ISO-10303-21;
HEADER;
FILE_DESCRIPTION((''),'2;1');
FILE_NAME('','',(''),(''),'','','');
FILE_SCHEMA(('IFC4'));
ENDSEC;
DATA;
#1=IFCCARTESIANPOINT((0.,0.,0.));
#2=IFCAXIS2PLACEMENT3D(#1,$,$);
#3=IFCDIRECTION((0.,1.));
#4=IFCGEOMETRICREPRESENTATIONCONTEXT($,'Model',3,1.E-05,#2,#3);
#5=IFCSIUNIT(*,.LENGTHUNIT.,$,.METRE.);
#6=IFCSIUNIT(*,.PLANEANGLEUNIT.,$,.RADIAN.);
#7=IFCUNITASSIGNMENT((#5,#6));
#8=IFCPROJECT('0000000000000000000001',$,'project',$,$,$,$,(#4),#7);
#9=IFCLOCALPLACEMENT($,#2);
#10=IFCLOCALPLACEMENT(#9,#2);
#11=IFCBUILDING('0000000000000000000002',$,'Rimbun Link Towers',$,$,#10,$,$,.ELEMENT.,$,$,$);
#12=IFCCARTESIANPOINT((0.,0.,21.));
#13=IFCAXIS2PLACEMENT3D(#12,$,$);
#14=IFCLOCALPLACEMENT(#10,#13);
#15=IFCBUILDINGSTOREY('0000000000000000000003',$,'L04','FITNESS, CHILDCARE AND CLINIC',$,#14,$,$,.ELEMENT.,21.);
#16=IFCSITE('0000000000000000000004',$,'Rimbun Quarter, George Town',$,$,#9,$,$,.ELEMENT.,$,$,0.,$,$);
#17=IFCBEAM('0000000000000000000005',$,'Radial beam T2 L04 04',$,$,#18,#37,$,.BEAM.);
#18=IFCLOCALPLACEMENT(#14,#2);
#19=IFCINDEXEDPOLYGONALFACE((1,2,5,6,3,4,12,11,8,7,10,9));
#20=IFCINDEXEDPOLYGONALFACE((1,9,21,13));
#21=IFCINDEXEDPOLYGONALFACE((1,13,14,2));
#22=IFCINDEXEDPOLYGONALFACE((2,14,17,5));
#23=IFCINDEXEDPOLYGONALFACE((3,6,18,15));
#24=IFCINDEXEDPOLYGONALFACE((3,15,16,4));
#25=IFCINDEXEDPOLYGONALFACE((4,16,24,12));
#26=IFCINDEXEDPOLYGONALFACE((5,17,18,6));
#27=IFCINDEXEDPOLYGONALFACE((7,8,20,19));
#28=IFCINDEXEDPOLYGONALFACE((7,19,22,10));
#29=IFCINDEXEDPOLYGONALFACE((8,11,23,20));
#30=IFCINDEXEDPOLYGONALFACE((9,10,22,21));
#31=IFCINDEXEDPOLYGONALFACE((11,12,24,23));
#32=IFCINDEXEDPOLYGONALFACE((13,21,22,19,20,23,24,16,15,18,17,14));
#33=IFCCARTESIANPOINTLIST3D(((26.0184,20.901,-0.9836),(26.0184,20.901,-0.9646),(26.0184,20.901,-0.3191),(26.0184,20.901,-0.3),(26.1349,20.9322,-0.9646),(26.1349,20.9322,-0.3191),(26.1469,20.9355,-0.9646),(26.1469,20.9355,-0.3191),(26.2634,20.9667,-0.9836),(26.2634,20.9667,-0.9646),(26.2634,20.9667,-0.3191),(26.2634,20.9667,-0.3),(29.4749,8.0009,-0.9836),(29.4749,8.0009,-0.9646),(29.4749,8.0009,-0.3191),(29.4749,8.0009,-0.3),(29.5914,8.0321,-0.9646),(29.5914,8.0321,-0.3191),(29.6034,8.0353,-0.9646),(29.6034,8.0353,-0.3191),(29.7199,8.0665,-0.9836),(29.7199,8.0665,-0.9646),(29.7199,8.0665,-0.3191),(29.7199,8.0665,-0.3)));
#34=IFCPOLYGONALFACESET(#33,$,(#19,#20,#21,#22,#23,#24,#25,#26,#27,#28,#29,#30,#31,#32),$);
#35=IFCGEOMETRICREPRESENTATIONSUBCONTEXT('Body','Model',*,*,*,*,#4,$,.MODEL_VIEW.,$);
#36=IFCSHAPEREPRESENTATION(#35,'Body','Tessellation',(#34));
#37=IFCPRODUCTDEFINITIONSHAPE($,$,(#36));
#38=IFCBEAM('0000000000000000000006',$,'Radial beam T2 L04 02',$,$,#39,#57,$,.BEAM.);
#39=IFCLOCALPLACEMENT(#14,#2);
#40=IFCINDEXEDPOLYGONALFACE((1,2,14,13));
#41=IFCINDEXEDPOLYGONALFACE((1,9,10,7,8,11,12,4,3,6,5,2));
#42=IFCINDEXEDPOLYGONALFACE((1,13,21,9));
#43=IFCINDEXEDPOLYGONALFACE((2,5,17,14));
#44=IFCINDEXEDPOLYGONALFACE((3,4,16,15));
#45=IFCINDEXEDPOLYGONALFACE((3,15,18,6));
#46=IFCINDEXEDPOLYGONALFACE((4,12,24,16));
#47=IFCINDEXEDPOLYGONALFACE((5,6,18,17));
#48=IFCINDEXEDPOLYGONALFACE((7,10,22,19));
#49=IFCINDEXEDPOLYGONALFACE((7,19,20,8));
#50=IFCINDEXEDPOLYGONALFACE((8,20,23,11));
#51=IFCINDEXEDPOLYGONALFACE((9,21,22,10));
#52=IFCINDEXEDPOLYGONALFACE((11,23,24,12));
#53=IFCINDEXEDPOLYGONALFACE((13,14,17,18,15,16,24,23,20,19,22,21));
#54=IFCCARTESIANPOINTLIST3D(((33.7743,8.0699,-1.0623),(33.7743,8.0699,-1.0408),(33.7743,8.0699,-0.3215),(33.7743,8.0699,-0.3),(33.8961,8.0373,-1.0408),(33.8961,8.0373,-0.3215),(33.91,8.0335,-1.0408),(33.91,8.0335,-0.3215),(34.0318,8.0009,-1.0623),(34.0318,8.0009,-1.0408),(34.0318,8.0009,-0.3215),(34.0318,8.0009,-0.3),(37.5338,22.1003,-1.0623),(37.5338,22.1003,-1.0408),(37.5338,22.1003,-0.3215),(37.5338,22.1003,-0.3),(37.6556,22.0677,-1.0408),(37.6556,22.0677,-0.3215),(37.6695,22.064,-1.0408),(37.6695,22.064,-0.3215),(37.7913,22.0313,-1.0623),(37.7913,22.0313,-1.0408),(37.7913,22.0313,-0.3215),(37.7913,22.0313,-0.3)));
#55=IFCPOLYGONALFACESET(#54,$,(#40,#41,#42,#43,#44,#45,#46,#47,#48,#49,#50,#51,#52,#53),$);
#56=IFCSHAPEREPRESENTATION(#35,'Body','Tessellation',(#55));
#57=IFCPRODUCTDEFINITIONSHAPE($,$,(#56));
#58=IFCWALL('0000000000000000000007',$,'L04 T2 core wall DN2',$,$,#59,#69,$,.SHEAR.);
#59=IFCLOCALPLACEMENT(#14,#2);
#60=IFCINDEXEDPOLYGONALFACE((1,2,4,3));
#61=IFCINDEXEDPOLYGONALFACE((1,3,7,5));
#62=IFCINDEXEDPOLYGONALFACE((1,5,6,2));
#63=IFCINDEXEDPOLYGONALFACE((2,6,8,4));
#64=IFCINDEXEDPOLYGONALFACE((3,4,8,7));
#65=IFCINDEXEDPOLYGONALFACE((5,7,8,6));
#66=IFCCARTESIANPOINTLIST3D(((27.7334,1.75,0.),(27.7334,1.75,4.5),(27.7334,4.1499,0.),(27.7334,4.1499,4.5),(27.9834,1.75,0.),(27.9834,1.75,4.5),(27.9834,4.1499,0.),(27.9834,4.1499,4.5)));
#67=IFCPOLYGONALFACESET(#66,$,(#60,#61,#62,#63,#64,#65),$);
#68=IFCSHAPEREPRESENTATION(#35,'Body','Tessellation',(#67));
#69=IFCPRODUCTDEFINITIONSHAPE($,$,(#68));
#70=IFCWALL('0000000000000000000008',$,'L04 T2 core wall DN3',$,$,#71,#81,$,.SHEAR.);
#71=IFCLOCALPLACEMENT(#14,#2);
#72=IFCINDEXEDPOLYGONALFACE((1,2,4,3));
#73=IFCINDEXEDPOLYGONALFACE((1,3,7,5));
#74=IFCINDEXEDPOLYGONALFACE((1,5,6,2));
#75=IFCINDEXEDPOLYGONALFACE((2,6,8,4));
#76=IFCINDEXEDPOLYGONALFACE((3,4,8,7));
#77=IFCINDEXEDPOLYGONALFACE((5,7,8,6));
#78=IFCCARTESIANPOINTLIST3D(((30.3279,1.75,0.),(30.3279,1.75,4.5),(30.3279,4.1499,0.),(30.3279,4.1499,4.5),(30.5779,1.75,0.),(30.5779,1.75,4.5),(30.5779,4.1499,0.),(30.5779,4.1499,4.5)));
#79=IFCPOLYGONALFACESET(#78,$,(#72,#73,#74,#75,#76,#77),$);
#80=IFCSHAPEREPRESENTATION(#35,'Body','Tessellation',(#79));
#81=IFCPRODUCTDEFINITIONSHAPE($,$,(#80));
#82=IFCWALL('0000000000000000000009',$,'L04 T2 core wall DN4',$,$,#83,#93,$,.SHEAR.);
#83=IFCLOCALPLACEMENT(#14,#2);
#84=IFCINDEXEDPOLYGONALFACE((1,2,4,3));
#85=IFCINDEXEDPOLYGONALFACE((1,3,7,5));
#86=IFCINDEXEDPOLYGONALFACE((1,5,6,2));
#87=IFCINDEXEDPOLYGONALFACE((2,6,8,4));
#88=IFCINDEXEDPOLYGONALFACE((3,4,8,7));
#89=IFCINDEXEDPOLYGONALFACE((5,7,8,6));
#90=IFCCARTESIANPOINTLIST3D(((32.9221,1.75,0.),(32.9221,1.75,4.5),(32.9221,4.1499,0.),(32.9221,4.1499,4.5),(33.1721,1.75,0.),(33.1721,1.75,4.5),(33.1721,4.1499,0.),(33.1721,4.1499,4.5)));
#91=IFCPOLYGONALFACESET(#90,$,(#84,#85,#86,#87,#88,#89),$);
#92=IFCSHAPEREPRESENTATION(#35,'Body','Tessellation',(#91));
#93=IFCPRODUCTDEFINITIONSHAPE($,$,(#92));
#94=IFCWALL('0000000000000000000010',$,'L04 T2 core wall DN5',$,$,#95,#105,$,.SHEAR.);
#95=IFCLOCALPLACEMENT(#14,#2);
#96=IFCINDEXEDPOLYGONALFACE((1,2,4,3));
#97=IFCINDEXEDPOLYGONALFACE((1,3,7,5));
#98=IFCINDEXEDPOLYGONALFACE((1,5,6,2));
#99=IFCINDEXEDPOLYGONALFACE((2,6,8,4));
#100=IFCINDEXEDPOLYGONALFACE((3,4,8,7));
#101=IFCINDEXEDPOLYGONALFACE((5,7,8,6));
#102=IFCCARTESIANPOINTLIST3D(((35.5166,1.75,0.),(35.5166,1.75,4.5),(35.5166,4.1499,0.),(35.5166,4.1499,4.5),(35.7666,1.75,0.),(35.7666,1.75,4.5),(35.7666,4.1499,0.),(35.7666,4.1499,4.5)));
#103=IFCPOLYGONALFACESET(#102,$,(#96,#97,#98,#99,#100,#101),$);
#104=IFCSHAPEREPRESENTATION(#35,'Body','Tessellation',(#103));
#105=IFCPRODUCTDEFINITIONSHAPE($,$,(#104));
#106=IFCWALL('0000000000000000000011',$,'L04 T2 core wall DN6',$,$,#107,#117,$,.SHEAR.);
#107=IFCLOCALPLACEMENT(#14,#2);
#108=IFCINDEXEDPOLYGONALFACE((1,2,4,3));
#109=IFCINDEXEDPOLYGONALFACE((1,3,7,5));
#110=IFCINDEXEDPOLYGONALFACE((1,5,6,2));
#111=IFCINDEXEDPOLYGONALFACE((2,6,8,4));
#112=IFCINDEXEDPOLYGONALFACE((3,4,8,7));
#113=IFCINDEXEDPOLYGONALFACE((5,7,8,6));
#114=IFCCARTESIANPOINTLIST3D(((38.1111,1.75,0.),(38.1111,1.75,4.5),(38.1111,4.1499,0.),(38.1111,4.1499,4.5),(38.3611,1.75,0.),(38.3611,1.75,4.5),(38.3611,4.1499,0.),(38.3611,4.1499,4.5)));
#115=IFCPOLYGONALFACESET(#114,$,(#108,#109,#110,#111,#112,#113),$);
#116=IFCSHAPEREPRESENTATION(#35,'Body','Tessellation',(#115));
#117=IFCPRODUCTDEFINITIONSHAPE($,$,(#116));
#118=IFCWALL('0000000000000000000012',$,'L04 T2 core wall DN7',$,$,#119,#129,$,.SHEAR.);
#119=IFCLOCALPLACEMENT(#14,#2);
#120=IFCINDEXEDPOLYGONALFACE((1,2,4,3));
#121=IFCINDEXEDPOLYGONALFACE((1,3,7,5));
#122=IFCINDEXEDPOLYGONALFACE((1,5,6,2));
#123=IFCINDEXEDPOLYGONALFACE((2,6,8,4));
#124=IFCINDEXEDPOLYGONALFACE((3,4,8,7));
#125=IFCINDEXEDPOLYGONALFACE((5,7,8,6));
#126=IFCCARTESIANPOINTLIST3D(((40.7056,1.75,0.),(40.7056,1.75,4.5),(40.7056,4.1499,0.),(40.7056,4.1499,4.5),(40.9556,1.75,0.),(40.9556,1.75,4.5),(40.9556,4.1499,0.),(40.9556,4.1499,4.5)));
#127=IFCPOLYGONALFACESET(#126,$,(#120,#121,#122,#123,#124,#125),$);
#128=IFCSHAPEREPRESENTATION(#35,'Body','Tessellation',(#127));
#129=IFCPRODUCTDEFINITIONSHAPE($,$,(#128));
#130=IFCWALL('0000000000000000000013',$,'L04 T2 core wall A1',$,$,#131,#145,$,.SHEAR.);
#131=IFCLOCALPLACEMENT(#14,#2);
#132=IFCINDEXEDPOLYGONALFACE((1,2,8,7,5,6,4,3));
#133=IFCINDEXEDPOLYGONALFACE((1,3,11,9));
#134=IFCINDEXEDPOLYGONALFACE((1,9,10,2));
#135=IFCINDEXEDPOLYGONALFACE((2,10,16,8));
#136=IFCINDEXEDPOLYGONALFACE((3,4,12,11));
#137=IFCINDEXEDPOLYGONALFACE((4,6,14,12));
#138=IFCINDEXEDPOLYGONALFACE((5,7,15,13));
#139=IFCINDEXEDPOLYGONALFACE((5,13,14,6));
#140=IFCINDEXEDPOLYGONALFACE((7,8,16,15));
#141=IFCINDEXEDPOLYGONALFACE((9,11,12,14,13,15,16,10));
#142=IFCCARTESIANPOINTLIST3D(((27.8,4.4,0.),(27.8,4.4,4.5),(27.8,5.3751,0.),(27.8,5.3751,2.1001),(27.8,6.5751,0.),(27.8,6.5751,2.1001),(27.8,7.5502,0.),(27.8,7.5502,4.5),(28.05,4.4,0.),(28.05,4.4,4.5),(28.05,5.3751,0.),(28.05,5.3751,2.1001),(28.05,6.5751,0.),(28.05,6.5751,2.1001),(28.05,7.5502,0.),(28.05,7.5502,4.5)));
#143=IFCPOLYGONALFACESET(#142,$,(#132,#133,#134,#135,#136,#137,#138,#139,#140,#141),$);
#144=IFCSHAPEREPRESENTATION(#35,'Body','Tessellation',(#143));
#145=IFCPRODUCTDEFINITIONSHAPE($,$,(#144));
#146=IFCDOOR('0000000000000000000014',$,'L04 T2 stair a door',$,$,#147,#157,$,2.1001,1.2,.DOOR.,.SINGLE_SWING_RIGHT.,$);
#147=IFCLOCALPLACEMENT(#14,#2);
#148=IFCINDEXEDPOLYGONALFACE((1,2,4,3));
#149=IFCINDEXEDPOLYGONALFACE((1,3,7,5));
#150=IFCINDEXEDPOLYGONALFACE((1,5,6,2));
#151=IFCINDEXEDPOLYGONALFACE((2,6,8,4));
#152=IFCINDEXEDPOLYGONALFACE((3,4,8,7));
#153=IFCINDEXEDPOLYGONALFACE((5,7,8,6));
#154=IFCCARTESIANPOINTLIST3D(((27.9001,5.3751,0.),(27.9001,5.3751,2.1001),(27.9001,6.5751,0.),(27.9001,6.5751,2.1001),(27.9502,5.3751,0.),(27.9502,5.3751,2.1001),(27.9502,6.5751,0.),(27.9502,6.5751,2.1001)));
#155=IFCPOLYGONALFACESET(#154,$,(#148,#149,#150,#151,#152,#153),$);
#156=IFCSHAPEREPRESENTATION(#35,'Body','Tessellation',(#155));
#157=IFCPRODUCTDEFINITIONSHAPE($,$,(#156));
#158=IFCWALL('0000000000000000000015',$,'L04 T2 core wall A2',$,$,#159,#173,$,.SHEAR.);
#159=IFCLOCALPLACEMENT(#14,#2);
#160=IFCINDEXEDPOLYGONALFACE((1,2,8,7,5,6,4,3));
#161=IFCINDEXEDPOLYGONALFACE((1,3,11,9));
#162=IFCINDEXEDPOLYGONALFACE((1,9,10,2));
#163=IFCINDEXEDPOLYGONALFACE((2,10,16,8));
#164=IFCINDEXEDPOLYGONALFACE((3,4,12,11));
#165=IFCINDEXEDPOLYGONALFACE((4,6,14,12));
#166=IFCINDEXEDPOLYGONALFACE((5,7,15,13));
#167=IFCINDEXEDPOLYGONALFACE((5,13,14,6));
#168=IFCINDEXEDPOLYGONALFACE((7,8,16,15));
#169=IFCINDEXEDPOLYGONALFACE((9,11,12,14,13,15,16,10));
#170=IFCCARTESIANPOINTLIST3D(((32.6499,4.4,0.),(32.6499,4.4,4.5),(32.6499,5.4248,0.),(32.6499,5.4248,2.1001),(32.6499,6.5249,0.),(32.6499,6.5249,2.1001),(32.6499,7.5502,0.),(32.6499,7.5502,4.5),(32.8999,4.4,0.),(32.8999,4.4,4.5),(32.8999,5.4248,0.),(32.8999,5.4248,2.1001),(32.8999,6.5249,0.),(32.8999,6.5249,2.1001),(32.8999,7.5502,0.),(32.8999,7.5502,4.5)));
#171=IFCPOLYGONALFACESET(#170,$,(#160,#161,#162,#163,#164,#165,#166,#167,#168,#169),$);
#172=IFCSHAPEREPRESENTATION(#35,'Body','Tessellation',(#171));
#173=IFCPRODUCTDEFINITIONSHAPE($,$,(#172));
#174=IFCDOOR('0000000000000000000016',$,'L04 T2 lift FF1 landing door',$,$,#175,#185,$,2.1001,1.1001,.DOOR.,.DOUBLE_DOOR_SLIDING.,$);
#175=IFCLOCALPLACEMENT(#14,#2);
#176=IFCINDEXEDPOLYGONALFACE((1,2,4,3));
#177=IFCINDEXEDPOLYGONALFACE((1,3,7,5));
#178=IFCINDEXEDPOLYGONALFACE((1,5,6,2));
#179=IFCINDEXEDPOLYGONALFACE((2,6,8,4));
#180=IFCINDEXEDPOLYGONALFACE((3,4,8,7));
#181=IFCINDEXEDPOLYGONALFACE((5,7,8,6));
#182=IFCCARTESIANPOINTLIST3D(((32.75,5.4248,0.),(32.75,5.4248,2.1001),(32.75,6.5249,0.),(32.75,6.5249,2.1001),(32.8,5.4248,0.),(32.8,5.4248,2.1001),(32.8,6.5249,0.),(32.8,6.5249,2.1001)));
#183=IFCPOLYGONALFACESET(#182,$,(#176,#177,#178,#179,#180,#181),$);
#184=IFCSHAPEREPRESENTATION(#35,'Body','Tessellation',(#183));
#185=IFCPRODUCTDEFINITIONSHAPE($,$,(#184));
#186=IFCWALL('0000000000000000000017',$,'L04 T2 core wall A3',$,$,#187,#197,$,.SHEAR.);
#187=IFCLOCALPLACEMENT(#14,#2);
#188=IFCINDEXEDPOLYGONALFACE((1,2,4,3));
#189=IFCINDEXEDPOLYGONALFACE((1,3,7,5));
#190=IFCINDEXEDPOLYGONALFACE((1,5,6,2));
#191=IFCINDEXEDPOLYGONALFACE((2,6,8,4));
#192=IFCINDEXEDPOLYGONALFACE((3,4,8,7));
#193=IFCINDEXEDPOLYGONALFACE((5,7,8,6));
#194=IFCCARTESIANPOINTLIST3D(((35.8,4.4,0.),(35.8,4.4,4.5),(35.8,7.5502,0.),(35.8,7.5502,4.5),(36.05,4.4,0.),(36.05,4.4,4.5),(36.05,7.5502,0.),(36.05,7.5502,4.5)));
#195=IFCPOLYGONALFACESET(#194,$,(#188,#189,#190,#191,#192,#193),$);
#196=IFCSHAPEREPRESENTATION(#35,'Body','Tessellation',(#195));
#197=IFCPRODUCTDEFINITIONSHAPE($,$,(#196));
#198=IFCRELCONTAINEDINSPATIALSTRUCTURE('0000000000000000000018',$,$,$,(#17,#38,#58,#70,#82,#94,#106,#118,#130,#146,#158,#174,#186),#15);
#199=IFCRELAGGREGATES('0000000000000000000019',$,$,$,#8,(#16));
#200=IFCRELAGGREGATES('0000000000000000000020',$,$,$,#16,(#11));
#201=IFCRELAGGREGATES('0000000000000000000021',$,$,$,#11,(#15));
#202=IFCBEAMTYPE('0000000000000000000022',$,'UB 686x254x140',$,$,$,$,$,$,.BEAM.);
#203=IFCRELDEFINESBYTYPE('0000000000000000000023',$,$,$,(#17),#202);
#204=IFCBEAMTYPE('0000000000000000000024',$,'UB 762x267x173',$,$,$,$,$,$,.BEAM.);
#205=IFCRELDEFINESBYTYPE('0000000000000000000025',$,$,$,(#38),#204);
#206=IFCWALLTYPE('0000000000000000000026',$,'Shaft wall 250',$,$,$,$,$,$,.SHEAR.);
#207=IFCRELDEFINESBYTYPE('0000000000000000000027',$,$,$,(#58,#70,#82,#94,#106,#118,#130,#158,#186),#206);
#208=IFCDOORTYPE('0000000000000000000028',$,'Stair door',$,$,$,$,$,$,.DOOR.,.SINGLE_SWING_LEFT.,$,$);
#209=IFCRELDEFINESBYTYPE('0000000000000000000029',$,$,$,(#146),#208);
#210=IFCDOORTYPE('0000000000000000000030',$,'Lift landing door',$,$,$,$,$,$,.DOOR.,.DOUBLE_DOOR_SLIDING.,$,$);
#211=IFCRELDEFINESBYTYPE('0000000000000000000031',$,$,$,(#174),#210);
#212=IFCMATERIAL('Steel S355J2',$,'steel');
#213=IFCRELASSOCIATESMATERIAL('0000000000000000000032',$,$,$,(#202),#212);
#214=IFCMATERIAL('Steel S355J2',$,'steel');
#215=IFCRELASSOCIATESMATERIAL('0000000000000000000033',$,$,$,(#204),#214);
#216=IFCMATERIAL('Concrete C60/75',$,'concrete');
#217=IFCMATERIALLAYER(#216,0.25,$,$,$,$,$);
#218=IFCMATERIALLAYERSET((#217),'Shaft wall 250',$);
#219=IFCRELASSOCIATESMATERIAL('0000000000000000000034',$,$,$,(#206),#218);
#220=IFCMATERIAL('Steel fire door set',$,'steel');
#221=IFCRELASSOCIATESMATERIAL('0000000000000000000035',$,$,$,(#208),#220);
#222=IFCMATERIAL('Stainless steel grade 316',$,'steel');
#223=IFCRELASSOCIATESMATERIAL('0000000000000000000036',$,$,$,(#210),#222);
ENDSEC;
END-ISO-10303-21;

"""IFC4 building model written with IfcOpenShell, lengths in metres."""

from ifc_helpers import new_model, si_unit, direction, frame, frame_2d, origin, origin_2d, place, context, subcontext, project, spatial, rectangle, i_section, extrude, material, layer, layer_set, material_profile, profile_set, type_object, element, fill, save


model = new_model("IFC4")

# Units and contexts
model_context = context("Model", 3, precision=1e-05, world=origin(), true_north=direction((0.0, 1.0)))
body_context = subcontext(model_context, "Body", "Model", "MODEL_VIEW")
ifc_project = project(units=[si_unit("LENGTHUNIT", "METRE"), si_unit("PLANEANGLEUNIT", "RADIAN")], contexts=[model_context])

# Site, building, storey
site_placement = place(None, origin())
site = spatial("IfcSite", under=ifc_project, at=site_placement, Name="Rimbun Quarter, George Town", CompositionType="ELEMENT", RefElevation=0.0)
building_placement = place(site_placement, origin())
building = spatial("IfcBuilding", under=site, at=building_placement, Name="Rimbun Link Towers", CompositionType="ELEMENT")
storey_placement = place(building_placement, frame((0.0, 0.0, 21.0)))
storey = spatial("IfcBuildingStorey", under=building, at=storey_placement, Name="L04", Description="FITNESS, CHILDCARE AND CLINIC", CompositionType="ELEMENT", Elevation=21.0)

# Beams
ifc_material_1 = material(Name="Steel S355J2", Category="steel")
ifc_material_profile_1 = material_profile(ifc_material_1, i_section(OverallWidth=0.2537, OverallDepth=0.6836, WebThickness=0.0125, FlangeThickness=0.019, at=origin_2d()), Name="UB 686x254x140")
ifc_profile_set_1 = profile_set([ifc_material_profile_1], Name="Steel S355J2")
beam_type_1 = type_object("IfcBeamType", Name="UB 686x254x140", PredefinedType="BEAM", material=ifc_profile_set_1)
beam_1_placement = place(storey_placement, frame((29.5974, 8.0337, -0.6418), z_axis=(-0.258816, 0.965927, 0.0), x_axis=(-0.965927, -0.258816, 0.0)))
element("IfcBeam", 1, at=beam_1_placement, inside=storey, type_object=beam_type_1, Name="Radial beam T2 L04 04", PredefinedType="BEAM", context=body_context, shape_type="SweptSolid", body=[
    extrude(i_section(OverallWidth=0.2537, OverallDepth=0.6836, WebThickness=0.0125, FlangeThickness=0.019, at=origin_2d()), origin(), (0.0, 0.0, 1.0), 13.3552),
])
ifc_material_2 = material(Name="Steel S355J2", Category="steel")
ifc_material_profile_2 = material_profile(ifc_material_2, i_section(OverallWidth=0.2666, OverallDepth=0.7622, WebThickness=0.0144, FlangeThickness=0.0215, at=origin_2d()), Name="UB 762x267x173")
ifc_profile_set_2 = profile_set([ifc_material_profile_2], Name="Steel S355J2")
beam_type_2 = type_object("IfcBeamType", Name="UB 762x267x173", PredefinedType="BEAM", material=ifc_profile_set_2)
beam_2_placement = place(storey_placement, frame((33.9031, 8.0354, -0.6812), z_axis=(0.258823, 0.965925, 0.0), x_axis=(-0.965925, 0.258823, 0.0)))
element("IfcBeam", 2, at=beam_2_placement, inside=storey, type_object=beam_type_2, Name="Radial beam T2 L04 02", PredefinedType="BEAM", context=body_context, shape_type="SweptSolid", body=[
    extrude(i_section(OverallWidth=0.2666, OverallDepth=0.7622, WebThickness=0.0144, FlangeThickness=0.0215, at=origin_2d()), origin(), (0.0, 0.0, 1.0), 14.5254),
])

# Walls
ifc_material_3 = material(Name="Concrete C60/75", Category="concrete")
ifc_layer = layer(ifc_material_3, 0.25)
ifc_layer_set = layer_set([ifc_layer], Name="Shaft wall 250")
wall_type = type_object("IfcWallType", Name="Shaft wall 250", PredefinedType="SHEAR", material=ifc_layer_set)
for number, where, z_axis, x_axis, name in (
    (3, (27.8584, 1.75, 0.0), (0.0, 0.0, 1.0), (0.0, 1.0, 0.0), "L04 T2 core wall DN2"),
    (4, (30.4529, 1.75, 0.0), (0.0, 0.0, 1.0), (0.0, 1.0, 0.0), "L04 T2 core wall DN3"),
    (5, (33.0471, 1.75, 0.0), (0.0, 0.0, 1.0), (0.0, 1.0, 0.0), "L04 T2 core wall DN4"),
    (6, (35.6416, 1.75, 0.0), (0.0, 0.0, 1.0), (0.0, 1.0, 0.0), "L04 T2 core wall DN5"),
    (7, (38.2361, 1.75, 0.0), (0.0, 0.0, 1.0), (0.0, 1.0, 0.0), "L04 T2 core wall DN6"),
    (8, (40.8306, 1.75, 0.0), (0.0, 0.0, 1.0), (0.0, 1.0, 0.0), "L04 T2 core wall DN7"),
):
    element("IfcWall", number, at=place(storey_placement, frame(where, z_axis=z_axis, x_axis=x_axis)), inside=storey, type_object=wall_type, Name=name, PredefinedType="SHEAR", context=body_context, shape_type="SweptSolid", body=[
        extrude(rectangle(XDim=2.3999, YDim=0.25, at=frame_2d((1.2, 0.0))), origin(), (0.0, 0.0, 1.0), 4.5),
    ])

# Walls, openings, doors
wall_1_placement = place(storey_placement, frame((27.925, 4.3999, 0.0), z_axis=(0.0, 0.0, 1.0), x_axis=(0.0, 1.0, 0.0)))
wall_1 = element("IfcWall", 9, at=wall_1_placement, inside=storey, type_object=wall_type, Name="L04 T2 core wall A1", PredefinedType="SHEAR", context=body_context, shape_type="SweptSolid", body=[
    extrude(rectangle(XDim=3.1501, YDim=0.25, at=frame_2d((1.5752, 0.0))), origin(), (0.0, 0.0, 1.0), 4.5),
])
opening_1_placement = place(wall_1_placement, frame((0.9751, 0.0, 0.0)))
opening_1 = element("IfcOpeningElement", 10, at=opening_1_placement, cuts=wall_1, PredefinedType="OPENING", context=body_context, shape_type="SweptSolid", body=[
    extrude(rectangle(XDim=1.2, YDim=2.1001, at=frame_2d((0.6001, 1.05))), frame((0.0, 0.135, 0.0), z_axis=(0.0, -1.0, 0.0), x_axis=(1.0, 0.0, 0.0)), (0.0, 0.0, 1.0), 0.27),
])
ifc_material_4 = material(Name="Steel fire door set", Category="steel")
door_type_1 = type_object("IfcDoorType", Name="Stair door", OperationType="SINGLE_SWING_LEFT", PredefinedType="DOOR", material=ifc_material_4)
door_1_placement = place(opening_1_placement, origin())
door_1 = element("IfcDoor", 11, at=door_1_placement, inside=storey, type_object=door_type_1, Name="L04 T2 stair a door", OperationType="SINGLE_SWING_RIGHT", OverallHeight=2.1001, OverallWidth=1.2, PredefinedType="DOOR", context=body_context, shape_type="SweptSolid", body=[
    extrude(rectangle(XDim=1.2, YDim=2.1001, at=frame_2d((0.6001, 1.05))), frame((0.0, 0.0249, 0.0), z_axis=(0.0, -1.0, 0.0), x_axis=(1.0, 0.0, 0.0)), (0.0, 0.0, 1.0), 0.05),
])
fill(opening_1, door_1)
wall_2_placement = place(storey_placement, frame((32.7749, 4.3999, 0.0), z_axis=(0.0, 0.0, 1.0), x_axis=(0.0, 1.0, 0.0)))
wall_2 = element("IfcWall", 12, at=wall_2_placement, inside=storey, type_object=wall_type, Name="L04 T2 core wall A2", PredefinedType="SHEAR", context=body_context, shape_type="SweptSolid", body=[
    extrude(rectangle(XDim=3.1501, YDim=0.25, at=frame_2d((1.5752, 0.0))), origin(), (0.0, 0.0, 1.0), 4.5),
])
opening_2_placement = place(wall_2_placement, frame((1.0249, 0.0, 0.0)))
opening_2 = element("IfcOpeningElement", 13, at=opening_2_placement, cuts=wall_2, PredefinedType="OPENING", context=body_context, shape_type="SweptSolid", body=[
    extrude(rectangle(XDim=1.1001, YDim=2.1001, at=frame_2d((0.55, 1.05))), frame((0.0, 0.135, 0.0), z_axis=(0.0, -1.0, 0.0), x_axis=(1.0, 0.0, 0.0)), (0.0, 0.0, 1.0), 0.27),
])
ifc_material_5 = material(Name="Stainless steel grade 316", Category="steel")
door_type_2 = type_object("IfcDoorType", Name="Lift landing door", OperationType="DOUBLE_DOOR_SLIDING", PredefinedType="DOOR", material=ifc_material_5)
door_2_placement = place(opening_2_placement, origin())
door_2 = element("IfcDoor", 14, at=door_2_placement, inside=storey, type_object=door_type_2, Name="L04 T2 lift FF1 landing door", OperationType="DOUBLE_DOOR_SLIDING", OverallHeight=2.1001, OverallWidth=1.1001, PredefinedType="DOOR", context=body_context, shape_type="SweptSolid", body=[
    extrude(rectangle(XDim=1.1001, YDim=2.1001, at=frame_2d((0.55, 1.05))), frame((0.0, 0.0249, 0.0), z_axis=(0.0, -1.0, 0.0), x_axis=(1.0, 0.0, 0.0)), (0.0, 0.0, 1.0), 0.05),
])
fill(opening_2, door_2)

# Wall
wall_3_placement = place(storey_placement, frame((35.925, 4.3999, 0.0), z_axis=(0.0, 0.0, 1.0), x_axis=(0.0, 1.0, 0.0)))
element("IfcWall", 15, at=wall_3_placement, inside=storey, type_object=wall_type, Name="L04 T2 core wall A3", PredefinedType="SHEAR", context=body_context, shape_type="SweptSolid", body=[
    extrude(rectangle(XDim=3.1501, YDim=0.25, at=frame_2d((1.5752, 0.0))), origin(), (0.0, 0.0, 1.0), 4.5),
])

save(model, "model.ifc")
